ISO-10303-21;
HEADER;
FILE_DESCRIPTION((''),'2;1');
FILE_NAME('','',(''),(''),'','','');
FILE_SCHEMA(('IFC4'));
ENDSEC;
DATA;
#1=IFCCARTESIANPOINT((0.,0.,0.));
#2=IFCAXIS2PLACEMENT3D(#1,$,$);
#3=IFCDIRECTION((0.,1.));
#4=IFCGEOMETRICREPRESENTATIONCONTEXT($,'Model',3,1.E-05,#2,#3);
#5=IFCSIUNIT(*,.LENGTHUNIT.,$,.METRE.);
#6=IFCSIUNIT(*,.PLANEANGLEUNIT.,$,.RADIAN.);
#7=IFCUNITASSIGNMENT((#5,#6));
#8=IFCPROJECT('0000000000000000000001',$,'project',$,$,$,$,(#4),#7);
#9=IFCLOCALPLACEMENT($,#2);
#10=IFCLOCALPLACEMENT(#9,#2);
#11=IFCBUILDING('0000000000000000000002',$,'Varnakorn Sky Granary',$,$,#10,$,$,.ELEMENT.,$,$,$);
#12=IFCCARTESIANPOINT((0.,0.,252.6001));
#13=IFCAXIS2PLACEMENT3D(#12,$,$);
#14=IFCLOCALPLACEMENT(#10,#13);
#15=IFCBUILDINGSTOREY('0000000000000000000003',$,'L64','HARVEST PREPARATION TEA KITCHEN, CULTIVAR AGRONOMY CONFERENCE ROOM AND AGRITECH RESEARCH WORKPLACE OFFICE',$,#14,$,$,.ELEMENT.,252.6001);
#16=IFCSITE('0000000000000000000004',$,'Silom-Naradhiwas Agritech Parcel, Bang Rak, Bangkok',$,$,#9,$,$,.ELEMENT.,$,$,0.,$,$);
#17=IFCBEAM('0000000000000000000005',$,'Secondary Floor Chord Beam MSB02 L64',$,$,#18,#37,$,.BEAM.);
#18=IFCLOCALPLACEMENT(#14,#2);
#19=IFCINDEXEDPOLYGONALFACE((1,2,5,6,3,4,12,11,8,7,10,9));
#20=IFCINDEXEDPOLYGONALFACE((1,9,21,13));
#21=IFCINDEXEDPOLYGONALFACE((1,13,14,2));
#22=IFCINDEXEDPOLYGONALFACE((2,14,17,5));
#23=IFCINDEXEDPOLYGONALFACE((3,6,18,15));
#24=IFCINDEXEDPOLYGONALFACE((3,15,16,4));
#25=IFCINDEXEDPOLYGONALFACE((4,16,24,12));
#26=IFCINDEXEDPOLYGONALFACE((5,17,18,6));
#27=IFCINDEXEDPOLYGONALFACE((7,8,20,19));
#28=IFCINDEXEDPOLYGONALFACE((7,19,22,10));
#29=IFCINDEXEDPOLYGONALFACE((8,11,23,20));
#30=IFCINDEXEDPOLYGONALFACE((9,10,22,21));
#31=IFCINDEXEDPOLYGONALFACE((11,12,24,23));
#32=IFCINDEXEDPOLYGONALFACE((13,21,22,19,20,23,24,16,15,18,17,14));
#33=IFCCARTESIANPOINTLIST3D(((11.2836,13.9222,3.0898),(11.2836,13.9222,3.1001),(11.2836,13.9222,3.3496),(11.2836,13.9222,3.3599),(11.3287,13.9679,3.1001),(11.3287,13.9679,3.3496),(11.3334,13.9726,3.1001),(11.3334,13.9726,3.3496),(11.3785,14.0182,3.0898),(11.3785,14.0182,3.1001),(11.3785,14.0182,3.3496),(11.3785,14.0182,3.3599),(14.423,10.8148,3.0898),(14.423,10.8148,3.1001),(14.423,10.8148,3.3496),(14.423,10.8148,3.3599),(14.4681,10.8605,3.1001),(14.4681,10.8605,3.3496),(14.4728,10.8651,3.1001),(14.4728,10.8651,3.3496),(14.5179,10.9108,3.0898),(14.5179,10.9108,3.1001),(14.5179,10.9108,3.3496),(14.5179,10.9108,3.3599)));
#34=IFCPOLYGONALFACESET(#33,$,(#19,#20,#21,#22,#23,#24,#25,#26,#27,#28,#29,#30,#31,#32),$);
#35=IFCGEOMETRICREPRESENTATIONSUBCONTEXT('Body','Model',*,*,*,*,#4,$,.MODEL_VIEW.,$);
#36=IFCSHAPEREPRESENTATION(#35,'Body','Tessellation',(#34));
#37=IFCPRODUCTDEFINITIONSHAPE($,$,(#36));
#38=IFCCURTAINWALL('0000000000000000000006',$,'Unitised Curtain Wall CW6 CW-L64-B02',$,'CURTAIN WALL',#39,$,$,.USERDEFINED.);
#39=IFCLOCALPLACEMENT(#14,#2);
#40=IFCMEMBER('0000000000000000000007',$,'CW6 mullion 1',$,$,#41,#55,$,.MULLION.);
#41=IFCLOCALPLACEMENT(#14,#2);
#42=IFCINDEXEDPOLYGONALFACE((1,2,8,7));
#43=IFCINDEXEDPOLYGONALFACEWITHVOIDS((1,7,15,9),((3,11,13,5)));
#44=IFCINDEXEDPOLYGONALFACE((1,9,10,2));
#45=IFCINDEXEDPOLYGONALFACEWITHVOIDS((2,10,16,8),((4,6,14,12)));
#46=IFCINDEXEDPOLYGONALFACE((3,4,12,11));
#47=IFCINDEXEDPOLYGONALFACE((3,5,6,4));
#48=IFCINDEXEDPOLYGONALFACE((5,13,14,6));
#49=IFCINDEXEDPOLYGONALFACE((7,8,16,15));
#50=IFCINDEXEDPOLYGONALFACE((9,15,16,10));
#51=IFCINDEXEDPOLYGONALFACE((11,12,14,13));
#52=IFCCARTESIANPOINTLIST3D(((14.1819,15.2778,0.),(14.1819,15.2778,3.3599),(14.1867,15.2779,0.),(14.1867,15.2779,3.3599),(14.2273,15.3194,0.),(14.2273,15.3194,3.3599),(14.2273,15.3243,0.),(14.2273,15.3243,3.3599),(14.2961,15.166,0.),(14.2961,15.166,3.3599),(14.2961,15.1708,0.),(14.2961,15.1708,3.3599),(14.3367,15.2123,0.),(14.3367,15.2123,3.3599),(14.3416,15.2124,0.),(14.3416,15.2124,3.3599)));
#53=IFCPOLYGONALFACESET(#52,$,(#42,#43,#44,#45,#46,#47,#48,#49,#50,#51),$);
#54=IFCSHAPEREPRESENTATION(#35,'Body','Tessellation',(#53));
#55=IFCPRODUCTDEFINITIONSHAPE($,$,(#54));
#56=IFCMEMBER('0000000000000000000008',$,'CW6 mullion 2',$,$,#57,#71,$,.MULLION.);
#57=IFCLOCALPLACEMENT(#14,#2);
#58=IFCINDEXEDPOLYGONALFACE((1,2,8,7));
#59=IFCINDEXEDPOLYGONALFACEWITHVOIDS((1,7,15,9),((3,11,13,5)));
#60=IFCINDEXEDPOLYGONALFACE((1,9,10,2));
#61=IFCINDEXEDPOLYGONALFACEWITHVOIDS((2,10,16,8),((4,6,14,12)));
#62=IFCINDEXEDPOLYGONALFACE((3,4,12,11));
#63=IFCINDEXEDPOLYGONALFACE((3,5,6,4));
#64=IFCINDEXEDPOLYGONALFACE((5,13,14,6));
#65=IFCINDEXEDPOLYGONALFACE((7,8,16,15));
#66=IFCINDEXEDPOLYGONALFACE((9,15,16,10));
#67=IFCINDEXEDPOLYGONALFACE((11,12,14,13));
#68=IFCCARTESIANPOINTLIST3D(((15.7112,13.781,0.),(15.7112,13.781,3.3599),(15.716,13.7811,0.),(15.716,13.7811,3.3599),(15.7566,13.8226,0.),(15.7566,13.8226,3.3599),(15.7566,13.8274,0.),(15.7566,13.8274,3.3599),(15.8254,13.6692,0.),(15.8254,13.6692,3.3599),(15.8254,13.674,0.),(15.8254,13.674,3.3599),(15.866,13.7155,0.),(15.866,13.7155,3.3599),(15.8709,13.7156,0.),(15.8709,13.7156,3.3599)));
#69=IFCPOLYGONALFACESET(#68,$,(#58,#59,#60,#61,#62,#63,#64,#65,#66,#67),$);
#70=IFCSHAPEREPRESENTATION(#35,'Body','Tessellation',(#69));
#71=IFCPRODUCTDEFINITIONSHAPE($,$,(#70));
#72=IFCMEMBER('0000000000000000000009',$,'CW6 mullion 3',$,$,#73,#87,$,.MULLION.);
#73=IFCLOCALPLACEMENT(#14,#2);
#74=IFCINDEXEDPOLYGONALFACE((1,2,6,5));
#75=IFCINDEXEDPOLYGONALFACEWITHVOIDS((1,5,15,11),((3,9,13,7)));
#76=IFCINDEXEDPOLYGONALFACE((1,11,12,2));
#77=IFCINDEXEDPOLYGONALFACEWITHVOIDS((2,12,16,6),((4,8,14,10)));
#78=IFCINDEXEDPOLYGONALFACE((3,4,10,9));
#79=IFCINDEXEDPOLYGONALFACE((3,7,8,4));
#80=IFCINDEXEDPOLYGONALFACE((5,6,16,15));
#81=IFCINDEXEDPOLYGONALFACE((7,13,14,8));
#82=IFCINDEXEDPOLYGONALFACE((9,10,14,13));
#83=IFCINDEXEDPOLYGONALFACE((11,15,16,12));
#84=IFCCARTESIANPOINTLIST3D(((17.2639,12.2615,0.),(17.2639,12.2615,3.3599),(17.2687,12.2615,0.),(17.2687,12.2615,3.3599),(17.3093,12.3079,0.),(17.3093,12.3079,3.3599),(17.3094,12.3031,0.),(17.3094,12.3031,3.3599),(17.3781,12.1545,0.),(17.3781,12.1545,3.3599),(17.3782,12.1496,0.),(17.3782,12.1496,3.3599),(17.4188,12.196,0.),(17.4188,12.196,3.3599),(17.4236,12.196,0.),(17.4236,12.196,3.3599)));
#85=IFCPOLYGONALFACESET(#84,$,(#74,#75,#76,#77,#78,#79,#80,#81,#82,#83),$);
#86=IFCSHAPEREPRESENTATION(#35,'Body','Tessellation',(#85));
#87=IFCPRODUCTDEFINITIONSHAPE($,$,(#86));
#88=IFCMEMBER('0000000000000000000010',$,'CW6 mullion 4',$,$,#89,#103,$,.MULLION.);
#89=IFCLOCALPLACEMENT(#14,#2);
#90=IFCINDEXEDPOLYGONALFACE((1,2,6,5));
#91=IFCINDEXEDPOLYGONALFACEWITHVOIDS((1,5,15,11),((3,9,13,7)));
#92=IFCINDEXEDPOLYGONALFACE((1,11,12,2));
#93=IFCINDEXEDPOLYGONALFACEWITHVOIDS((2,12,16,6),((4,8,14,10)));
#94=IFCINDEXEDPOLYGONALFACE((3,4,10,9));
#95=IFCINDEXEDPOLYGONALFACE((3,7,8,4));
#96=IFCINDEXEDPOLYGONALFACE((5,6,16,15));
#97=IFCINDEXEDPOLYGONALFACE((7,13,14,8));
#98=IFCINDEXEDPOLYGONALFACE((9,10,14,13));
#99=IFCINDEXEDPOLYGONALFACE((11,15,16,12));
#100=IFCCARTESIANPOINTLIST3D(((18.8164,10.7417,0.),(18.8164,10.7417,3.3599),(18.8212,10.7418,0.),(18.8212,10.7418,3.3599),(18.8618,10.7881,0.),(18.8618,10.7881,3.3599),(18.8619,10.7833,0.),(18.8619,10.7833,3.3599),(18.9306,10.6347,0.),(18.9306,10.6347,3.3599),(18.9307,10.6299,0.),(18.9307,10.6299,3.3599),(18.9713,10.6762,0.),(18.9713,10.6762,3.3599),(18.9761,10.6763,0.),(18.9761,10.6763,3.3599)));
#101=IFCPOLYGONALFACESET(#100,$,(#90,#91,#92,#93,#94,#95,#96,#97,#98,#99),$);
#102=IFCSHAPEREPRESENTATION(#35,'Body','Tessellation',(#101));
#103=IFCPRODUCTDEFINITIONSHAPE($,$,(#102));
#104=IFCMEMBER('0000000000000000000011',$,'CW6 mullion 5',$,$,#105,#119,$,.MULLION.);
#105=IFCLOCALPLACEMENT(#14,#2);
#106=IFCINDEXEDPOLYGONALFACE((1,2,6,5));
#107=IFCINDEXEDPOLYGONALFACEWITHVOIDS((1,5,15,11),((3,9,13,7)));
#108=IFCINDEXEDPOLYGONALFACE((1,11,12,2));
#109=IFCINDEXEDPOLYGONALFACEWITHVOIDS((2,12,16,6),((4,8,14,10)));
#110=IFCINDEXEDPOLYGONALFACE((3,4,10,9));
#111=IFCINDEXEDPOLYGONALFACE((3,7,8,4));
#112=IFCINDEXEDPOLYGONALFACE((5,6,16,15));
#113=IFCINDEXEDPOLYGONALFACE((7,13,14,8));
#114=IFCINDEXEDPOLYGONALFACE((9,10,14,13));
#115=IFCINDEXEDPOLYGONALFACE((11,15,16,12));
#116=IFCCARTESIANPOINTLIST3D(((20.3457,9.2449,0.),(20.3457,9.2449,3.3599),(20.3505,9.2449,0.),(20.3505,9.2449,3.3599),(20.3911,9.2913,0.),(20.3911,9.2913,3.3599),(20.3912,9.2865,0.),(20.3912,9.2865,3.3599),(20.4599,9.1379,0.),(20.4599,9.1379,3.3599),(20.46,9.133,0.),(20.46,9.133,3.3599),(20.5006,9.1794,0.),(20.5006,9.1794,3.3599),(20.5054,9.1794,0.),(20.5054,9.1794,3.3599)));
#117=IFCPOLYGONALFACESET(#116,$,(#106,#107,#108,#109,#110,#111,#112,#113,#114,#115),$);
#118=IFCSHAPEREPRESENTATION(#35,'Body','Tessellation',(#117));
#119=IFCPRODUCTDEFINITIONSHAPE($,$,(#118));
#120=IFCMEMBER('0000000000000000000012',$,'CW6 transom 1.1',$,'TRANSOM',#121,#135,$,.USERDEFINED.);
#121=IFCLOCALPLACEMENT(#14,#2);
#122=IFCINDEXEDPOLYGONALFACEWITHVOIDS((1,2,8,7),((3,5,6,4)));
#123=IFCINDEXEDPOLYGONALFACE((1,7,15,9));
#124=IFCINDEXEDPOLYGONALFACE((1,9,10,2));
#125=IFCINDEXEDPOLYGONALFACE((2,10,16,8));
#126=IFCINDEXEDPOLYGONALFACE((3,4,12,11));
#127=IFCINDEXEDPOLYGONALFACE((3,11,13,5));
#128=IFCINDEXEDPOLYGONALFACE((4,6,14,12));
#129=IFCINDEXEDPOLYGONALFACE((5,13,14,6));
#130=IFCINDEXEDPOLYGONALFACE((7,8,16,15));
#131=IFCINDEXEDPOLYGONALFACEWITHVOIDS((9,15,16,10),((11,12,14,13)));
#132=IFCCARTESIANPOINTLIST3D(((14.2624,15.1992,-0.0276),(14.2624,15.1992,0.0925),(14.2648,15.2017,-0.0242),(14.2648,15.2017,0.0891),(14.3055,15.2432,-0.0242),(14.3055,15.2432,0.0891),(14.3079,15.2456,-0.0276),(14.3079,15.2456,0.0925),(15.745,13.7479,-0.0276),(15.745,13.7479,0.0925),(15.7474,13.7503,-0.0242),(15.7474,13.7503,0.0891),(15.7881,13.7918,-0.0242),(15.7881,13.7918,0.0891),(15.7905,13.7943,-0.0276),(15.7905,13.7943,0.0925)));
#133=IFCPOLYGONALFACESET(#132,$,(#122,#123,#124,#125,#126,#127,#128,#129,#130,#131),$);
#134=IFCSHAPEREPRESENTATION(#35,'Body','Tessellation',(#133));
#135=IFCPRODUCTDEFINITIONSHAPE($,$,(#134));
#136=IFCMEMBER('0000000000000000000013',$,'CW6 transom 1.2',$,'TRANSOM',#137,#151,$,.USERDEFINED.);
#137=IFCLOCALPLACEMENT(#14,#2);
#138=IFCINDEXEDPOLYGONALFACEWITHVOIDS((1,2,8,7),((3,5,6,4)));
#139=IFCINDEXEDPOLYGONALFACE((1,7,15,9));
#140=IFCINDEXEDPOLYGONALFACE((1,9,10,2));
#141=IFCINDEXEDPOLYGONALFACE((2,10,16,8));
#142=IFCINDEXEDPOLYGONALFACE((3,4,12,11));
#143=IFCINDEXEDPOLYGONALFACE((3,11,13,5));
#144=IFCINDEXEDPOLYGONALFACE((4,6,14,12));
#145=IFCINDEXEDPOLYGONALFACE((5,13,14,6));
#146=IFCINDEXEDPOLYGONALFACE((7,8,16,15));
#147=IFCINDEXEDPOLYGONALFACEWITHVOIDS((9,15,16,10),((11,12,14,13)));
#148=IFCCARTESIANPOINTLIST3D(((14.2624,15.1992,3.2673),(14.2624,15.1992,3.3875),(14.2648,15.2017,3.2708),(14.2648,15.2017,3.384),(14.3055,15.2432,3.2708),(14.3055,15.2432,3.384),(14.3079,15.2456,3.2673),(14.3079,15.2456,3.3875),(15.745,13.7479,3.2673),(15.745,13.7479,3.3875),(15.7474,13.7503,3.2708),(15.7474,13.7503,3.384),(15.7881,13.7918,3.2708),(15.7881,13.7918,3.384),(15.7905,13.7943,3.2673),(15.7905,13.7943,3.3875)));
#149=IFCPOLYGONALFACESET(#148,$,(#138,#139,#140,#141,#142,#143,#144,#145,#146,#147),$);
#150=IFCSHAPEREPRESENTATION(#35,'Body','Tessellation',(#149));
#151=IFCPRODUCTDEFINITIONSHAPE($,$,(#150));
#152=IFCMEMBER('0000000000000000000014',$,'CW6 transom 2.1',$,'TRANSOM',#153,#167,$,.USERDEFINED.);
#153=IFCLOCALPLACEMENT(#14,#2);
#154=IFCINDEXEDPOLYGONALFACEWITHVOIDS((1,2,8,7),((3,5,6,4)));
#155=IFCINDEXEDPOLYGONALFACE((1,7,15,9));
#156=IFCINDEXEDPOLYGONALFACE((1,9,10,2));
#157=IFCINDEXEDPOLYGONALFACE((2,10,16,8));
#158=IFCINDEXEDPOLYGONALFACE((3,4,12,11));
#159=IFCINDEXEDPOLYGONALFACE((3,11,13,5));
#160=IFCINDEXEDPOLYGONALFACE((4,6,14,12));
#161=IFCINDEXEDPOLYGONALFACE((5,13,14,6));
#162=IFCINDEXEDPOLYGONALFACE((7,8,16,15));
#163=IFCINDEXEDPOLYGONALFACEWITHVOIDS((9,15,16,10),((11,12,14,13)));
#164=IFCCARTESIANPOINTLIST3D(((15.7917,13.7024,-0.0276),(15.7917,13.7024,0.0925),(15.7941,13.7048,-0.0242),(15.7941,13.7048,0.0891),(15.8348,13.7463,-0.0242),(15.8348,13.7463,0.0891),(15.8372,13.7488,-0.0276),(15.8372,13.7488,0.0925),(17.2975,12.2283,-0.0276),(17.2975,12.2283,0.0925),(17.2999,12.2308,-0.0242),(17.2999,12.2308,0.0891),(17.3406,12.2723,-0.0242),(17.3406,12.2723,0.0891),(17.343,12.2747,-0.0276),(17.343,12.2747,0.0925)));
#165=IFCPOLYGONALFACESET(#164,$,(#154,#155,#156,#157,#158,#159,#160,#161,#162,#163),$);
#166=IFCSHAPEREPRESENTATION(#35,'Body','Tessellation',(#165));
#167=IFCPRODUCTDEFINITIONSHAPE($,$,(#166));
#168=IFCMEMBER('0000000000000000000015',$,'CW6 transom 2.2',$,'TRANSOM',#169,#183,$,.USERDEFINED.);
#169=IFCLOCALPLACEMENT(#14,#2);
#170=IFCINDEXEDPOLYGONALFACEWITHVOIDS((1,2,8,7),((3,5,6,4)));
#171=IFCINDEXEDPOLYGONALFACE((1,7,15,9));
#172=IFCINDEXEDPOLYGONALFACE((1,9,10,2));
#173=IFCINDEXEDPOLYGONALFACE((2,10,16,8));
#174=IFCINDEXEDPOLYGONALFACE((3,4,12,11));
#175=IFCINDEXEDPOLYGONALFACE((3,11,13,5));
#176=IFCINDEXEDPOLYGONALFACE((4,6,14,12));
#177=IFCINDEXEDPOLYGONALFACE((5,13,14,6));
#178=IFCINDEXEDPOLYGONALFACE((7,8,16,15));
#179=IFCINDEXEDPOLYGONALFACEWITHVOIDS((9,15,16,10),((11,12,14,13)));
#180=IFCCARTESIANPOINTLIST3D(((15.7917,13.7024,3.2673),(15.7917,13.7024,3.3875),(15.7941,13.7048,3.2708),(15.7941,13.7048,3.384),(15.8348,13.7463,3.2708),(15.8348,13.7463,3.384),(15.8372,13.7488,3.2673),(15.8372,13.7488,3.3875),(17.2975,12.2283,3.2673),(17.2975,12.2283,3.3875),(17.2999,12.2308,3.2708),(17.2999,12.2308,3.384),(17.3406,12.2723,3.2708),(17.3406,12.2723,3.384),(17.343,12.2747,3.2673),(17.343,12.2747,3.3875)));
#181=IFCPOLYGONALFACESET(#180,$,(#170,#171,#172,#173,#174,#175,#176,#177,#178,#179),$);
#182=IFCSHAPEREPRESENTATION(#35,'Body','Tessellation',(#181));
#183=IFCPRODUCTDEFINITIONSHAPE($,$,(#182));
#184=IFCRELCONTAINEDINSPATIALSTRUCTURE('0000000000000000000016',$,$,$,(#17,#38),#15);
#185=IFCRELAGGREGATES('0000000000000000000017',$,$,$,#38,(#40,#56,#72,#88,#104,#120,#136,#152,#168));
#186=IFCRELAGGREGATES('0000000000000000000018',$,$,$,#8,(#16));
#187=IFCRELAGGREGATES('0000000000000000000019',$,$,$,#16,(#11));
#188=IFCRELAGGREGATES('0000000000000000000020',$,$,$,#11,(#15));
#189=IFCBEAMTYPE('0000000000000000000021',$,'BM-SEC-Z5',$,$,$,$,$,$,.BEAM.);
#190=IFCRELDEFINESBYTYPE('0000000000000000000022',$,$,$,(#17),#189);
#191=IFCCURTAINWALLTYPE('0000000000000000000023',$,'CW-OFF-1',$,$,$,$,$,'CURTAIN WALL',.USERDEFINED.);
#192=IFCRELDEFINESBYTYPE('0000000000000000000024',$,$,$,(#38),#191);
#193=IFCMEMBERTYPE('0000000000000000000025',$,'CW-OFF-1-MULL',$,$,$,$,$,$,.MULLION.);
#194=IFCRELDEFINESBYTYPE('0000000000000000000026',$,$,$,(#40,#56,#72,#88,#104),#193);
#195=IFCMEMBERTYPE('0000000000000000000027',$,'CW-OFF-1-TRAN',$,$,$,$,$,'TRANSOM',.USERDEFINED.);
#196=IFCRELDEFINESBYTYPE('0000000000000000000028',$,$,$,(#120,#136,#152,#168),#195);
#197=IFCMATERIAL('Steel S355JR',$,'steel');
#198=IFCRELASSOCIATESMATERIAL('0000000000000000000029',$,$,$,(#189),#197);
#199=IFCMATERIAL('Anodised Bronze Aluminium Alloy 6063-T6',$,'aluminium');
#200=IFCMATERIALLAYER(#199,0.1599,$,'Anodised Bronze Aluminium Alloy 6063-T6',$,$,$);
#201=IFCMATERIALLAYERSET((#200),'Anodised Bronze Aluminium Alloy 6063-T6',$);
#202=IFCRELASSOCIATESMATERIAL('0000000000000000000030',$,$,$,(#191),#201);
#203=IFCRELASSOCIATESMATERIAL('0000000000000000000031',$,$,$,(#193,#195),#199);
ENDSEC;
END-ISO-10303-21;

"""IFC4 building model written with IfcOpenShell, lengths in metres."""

from ifc_helpers import new_model, si_unit, direction, frame, origin, origin_2d, place, context, subcontext, project, spatial, hollow_rectangle, i_section, extrude, material, layer, layer_set, material_profile, profile_set, type_object, element, aggregate, save


model = new_model("IFC4")

# Units and contexts
model_context = context("Model", 3, precision=1e-05, world=origin(), true_north=direction((0.0, 1.0)))
body_context = subcontext(model_context, "Body", "Model", "MODEL_VIEW")
ifc_project = project(units=[si_unit("LENGTHUNIT", "METRE"), si_unit("PLANEANGLEUNIT", "RADIAN")], contexts=[model_context])

# Site, building, storey
site_placement = place(None, origin())
site = spatial("IfcSite", under=ifc_project, at=site_placement, Name="Silom-Naradhiwas Agritech Parcel, Bang Rak, Bangkok", CompositionType="ELEMENT", RefElevation=0.0)
building_placement = place(site_placement, origin())
building = spatial("IfcBuilding", under=site, at=building_placement, Name="Varnakorn Sky Granary", CompositionType="ELEMENT")
storey_placement = place(building_placement, frame((0.0, 0.0, 252.6001)))
storey = spatial("IfcBuildingStorey", under=building, at=storey_placement, Name="L64", Description="HARVEST PREPARATION TEA KITCHEN, CULTIVAR AGRONOMY CONFERENCE ROOM AND AGRITECH RESEARCH WORKPLACE OFFICE", CompositionType="ELEMENT", Elevation=252.6001)

# Beam
ifc_material_1 = material(Name="Steel S355JR", Category="steel")
ifc_material_profile_1 = material_profile(ifc_material_1, i_section(OverallWidth=0.135, OverallDepth=0.27, WebThickness=0.0066, FlangeThickness=0.0103, at=origin_2d()), Name="IPE 270")
ifc_profile_set_1 = profile_set([ifc_material_profile_1], Name="Steel S355JR")
beam_type = type_object("IfcBeamType", Name="BM-SEC-Z5", PredefinedType="BEAM", material=ifc_profile_set_1)
beam_placement = place(storey_placement, frame((14.4705, 10.8628, 3.2249), z_axis=(-0.710718, 0.703477, 0.0), x_axis=(-0.703477, -0.710718, 0.0)))
element("IfcBeam", 1, at=beam_placement, inside=storey, type_object=beam_type, Name="Secondary Floor Chord Beam MSB02 L64", PredefinedType="BEAM", context=body_context, shape_type="SweptSolid", body=[
    extrude(i_section(OverallWidth=0.135, OverallDepth=0.27, WebThickness=0.0066, FlangeThickness=0.0103, at=origin_2d()), origin(), (0.0, 0.0, 1.0), 4.4172),
])

# Curtain wall, members
ifc_material_2 = material(Name="Anodised Bronze Aluminium Alloy 6063-T6", Category="aluminium")
ifc_layer_1 = layer(ifc_material_2, 0.1599, Name="Anodised Bronze Aluminium Alloy 6063-T6")
ifc_layer_set_1 = layer_set([ifc_layer_1], Name="Anodised Bronze Aluminium Alloy 6063-T6")
curtain_wall_type = type_object("IfcCurtainWallType", Name="CW-OFF-1", ElementType="CURTAIN WALL", PredefinedType="USERDEFINED", material=ifc_layer_set_1)
curtain_wall_placement = place(storey_placement, origin())
curtain_wall = element("IfcCurtainWall", 2, at=curtain_wall_placement, inside=storey, type_object=curtain_wall_type, Name="Unitised Curtain Wall CW6 CW-L64-B02", ObjectType="CURTAIN WALL", PredefinedType="USERDEFINED")
ifc_material_profile_2 = material_profile(ifc_material_2, hollow_rectangle(XDim=0.0649, YDim=0.1599, WallThickness=0.0034, at=origin_2d()), Name="ALU MULL 65x160")
ifc_profile_set_2 = profile_set([ifc_material_profile_2], Name="Anodised Bronze Aluminium Alloy 6063-T6")
member_type_1 = type_object("IfcMemberType", Name="CW-OFF-1-MULL", PredefinedType="MULLION", material=ifc_profile_set_2)
member_1_placement = place(storey_placement, frame((14.2617, 15.2451, 0.0), z_axis=(0.0, 0.0, 1.0), x_axis=(0.699482, 0.71465, 0.0)))
member_1 = element("IfcMember", 3, at=member_1_placement, type_object=member_type_1, Name="CW6 mullion 1", PredefinedType="MULLION", context=body_context, shape_type="SweptSolid", body=[
    extrude(hollow_rectangle(XDim=0.0649, YDim=0.1599, WallThickness=0.0034, at=origin_2d()), origin(), (0.0, 0.0, 1.0), 3.3599),
])
member_2_placement = place(storey_placement, frame((15.791, 13.7483, 0.0), z_axis=(0.0, 0.0, 1.0), x_axis=(0.699482, 0.71465, 0.0)))
member_2 = element("IfcMember", 4, at=member_2_placement, type_object=member_type_1, Name="CW6 mullion 2", PredefinedType="MULLION", context=body_context, shape_type="SweptSolid", body=[
    extrude(hollow_rectangle(XDim=0.0649, YDim=0.1599, WallThickness=0.0034, at=origin_2d()), origin(), (0.0, 0.0, 1.0), 3.3599),
])
member_3_placement = place(storey_placement, frame((17.3438, 12.2288, 0.0), z_axis=(0.0, 0.0, 1.0), x_axis=(0.699482, 0.71465, 0.0)))
member_3 = element("IfcMember", 5, at=member_3_placement, type_object=member_type_1, Name="CW6 mullion 3", PredefinedType="MULLION", context=body_context, shape_type="SweptSolid", body=[
    extrude(hollow_rectangle(XDim=0.0649, YDim=0.1599, WallThickness=0.0034, at=origin_2d()), origin(), (0.0, 0.0, 1.0), 3.3599),
])
member_4_placement = place(storey_placement, frame((18.8962, 10.709, 0.0), z_axis=(0.0, 0.0, 1.0), x_axis=(0.699482, 0.71465, 0.0)))
member_4 = element("IfcMember", 6, at=member_4_placement, type_object=member_type_1, Name="CW6 mullion 4", PredefinedType="MULLION", context=body_context, shape_type="SweptSolid", body=[
    extrude(hollow_rectangle(XDim=0.0649, YDim=0.1599, WallThickness=0.0034, at=origin_2d()), origin(), (0.0, 0.0, 1.0), 3.3599),
])
member_5_placement = place(storey_placement, frame((20.4255, 9.2122, 0.0), z_axis=(0.0, 0.0, 1.0), x_axis=(0.699482, 0.71465, 0.0)))
member_5 = element("IfcMember", 7, at=member_5_placement, type_object=member_type_1, Name="CW6 mullion 5", PredefinedType="MULLION", context=body_context, shape_type="SweptSolid", body=[
    extrude(hollow_rectangle(XDim=0.0649, YDim=0.1599, WallThickness=0.0034, at=origin_2d()), origin(), (0.0, 0.0, 1.0), 3.3599),
])
ifc_material_profile_3 = material_profile(ifc_material_2, hollow_rectangle(XDim=0.0649, YDim=0.1201, WallThickness=0.0034, at=origin_2d()), Name="ALU TRAN 65x120")
ifc_profile_set_3 = profile_set([ifc_material_profile_3], Name="Anodised Bronze Aluminium Alloy 6063-T6")
member_type_2 = type_object("IfcMemberType", Name="CW-OFF-1-TRAN", ElementType="TRANSOM", PredefinedType="USERDEFINED", material=ifc_profile_set_3)
member_6_placement = place(storey_placement, frame((14.2852, 15.2224, 0.0325), z_axis=(0.714597, -0.699536, 0.0), x_axis=(0.699536, 0.714597, 0.0)))
member_6 = element("IfcMember", 8, at=member_6_placement, type_object=member_type_2, Name="CW6 transom 1.1", ObjectType="TRANSOM", PredefinedType="USERDEFINED", context=body_context, shape_type="SweptSolid", body=[
    extrude(hollow_rectangle(XDim=0.0649, YDim=0.1201, WallThickness=0.0034, at=origin_2d()), origin(), (0.0, 0.0, 1.0), 2.0747),
])
member_7_placement = place(storey_placement, frame((14.2852, 15.2224, 3.3274), z_axis=(0.714597, -0.699536, 0.0), x_axis=(0.699536, 0.714597, 0.0)))
member_7 = element("IfcMember", 9, at=member_7_placement, type_object=member_type_2, Name="CW6 transom 1.2", ObjectType="TRANSOM", PredefinedType="USERDEFINED", context=body_context, shape_type="SweptSolid", body=[
    extrude(hollow_rectangle(XDim=0.0649, YDim=0.1201, WallThickness=0.0034, at=origin_2d()), origin(), (0.0, 0.0, 1.0), 2.0747),
])
member_8_placement = place(storey_placement, frame((15.8145, 13.7256, 0.0325), z_axis=(0.714597, -0.699536, 0.0), x_axis=(0.699536, 0.714597, 0.0)))
member_8 = element("IfcMember", 10, at=member_8_placement, type_object=member_type_2, Name="CW6 transom 2.1", ObjectType="TRANSOM", PredefinedType="USERDEFINED", context=body_context, shape_type="SweptSolid", body=[
    extrude(hollow_rectangle(XDim=0.0649, YDim=0.1201, WallThickness=0.0034, at=origin_2d()), origin(), (0.0, 0.0, 1.0), 2.1072),
])
member_9_placement = place(storey_placement, frame((15.8145, 13.7256, 3.3274), z_axis=(0.714597, -0.699536, 0.0), x_axis=(0.699536, 0.714597, 0.0)))
member_9 = element("IfcMember", 11, at=member_9_placement, type_object=member_type_2, Name="CW6 transom 2.2", ObjectType="TRANSOM", PredefinedType="USERDEFINED", context=body_context, shape_type="SweptSolid", body=[
    extrude(hollow_rectangle(XDim=0.0649, YDim=0.1201, WallThickness=0.0034, at=origin_2d()), origin(), (0.0, 0.0, 1.0), 2.1072),
])

aggregate(curtain_wall, [member_1, member_2, member_3, member_4, member_5, member_6, member_7, member_8, member_9])

save(model, "model.ifc")
